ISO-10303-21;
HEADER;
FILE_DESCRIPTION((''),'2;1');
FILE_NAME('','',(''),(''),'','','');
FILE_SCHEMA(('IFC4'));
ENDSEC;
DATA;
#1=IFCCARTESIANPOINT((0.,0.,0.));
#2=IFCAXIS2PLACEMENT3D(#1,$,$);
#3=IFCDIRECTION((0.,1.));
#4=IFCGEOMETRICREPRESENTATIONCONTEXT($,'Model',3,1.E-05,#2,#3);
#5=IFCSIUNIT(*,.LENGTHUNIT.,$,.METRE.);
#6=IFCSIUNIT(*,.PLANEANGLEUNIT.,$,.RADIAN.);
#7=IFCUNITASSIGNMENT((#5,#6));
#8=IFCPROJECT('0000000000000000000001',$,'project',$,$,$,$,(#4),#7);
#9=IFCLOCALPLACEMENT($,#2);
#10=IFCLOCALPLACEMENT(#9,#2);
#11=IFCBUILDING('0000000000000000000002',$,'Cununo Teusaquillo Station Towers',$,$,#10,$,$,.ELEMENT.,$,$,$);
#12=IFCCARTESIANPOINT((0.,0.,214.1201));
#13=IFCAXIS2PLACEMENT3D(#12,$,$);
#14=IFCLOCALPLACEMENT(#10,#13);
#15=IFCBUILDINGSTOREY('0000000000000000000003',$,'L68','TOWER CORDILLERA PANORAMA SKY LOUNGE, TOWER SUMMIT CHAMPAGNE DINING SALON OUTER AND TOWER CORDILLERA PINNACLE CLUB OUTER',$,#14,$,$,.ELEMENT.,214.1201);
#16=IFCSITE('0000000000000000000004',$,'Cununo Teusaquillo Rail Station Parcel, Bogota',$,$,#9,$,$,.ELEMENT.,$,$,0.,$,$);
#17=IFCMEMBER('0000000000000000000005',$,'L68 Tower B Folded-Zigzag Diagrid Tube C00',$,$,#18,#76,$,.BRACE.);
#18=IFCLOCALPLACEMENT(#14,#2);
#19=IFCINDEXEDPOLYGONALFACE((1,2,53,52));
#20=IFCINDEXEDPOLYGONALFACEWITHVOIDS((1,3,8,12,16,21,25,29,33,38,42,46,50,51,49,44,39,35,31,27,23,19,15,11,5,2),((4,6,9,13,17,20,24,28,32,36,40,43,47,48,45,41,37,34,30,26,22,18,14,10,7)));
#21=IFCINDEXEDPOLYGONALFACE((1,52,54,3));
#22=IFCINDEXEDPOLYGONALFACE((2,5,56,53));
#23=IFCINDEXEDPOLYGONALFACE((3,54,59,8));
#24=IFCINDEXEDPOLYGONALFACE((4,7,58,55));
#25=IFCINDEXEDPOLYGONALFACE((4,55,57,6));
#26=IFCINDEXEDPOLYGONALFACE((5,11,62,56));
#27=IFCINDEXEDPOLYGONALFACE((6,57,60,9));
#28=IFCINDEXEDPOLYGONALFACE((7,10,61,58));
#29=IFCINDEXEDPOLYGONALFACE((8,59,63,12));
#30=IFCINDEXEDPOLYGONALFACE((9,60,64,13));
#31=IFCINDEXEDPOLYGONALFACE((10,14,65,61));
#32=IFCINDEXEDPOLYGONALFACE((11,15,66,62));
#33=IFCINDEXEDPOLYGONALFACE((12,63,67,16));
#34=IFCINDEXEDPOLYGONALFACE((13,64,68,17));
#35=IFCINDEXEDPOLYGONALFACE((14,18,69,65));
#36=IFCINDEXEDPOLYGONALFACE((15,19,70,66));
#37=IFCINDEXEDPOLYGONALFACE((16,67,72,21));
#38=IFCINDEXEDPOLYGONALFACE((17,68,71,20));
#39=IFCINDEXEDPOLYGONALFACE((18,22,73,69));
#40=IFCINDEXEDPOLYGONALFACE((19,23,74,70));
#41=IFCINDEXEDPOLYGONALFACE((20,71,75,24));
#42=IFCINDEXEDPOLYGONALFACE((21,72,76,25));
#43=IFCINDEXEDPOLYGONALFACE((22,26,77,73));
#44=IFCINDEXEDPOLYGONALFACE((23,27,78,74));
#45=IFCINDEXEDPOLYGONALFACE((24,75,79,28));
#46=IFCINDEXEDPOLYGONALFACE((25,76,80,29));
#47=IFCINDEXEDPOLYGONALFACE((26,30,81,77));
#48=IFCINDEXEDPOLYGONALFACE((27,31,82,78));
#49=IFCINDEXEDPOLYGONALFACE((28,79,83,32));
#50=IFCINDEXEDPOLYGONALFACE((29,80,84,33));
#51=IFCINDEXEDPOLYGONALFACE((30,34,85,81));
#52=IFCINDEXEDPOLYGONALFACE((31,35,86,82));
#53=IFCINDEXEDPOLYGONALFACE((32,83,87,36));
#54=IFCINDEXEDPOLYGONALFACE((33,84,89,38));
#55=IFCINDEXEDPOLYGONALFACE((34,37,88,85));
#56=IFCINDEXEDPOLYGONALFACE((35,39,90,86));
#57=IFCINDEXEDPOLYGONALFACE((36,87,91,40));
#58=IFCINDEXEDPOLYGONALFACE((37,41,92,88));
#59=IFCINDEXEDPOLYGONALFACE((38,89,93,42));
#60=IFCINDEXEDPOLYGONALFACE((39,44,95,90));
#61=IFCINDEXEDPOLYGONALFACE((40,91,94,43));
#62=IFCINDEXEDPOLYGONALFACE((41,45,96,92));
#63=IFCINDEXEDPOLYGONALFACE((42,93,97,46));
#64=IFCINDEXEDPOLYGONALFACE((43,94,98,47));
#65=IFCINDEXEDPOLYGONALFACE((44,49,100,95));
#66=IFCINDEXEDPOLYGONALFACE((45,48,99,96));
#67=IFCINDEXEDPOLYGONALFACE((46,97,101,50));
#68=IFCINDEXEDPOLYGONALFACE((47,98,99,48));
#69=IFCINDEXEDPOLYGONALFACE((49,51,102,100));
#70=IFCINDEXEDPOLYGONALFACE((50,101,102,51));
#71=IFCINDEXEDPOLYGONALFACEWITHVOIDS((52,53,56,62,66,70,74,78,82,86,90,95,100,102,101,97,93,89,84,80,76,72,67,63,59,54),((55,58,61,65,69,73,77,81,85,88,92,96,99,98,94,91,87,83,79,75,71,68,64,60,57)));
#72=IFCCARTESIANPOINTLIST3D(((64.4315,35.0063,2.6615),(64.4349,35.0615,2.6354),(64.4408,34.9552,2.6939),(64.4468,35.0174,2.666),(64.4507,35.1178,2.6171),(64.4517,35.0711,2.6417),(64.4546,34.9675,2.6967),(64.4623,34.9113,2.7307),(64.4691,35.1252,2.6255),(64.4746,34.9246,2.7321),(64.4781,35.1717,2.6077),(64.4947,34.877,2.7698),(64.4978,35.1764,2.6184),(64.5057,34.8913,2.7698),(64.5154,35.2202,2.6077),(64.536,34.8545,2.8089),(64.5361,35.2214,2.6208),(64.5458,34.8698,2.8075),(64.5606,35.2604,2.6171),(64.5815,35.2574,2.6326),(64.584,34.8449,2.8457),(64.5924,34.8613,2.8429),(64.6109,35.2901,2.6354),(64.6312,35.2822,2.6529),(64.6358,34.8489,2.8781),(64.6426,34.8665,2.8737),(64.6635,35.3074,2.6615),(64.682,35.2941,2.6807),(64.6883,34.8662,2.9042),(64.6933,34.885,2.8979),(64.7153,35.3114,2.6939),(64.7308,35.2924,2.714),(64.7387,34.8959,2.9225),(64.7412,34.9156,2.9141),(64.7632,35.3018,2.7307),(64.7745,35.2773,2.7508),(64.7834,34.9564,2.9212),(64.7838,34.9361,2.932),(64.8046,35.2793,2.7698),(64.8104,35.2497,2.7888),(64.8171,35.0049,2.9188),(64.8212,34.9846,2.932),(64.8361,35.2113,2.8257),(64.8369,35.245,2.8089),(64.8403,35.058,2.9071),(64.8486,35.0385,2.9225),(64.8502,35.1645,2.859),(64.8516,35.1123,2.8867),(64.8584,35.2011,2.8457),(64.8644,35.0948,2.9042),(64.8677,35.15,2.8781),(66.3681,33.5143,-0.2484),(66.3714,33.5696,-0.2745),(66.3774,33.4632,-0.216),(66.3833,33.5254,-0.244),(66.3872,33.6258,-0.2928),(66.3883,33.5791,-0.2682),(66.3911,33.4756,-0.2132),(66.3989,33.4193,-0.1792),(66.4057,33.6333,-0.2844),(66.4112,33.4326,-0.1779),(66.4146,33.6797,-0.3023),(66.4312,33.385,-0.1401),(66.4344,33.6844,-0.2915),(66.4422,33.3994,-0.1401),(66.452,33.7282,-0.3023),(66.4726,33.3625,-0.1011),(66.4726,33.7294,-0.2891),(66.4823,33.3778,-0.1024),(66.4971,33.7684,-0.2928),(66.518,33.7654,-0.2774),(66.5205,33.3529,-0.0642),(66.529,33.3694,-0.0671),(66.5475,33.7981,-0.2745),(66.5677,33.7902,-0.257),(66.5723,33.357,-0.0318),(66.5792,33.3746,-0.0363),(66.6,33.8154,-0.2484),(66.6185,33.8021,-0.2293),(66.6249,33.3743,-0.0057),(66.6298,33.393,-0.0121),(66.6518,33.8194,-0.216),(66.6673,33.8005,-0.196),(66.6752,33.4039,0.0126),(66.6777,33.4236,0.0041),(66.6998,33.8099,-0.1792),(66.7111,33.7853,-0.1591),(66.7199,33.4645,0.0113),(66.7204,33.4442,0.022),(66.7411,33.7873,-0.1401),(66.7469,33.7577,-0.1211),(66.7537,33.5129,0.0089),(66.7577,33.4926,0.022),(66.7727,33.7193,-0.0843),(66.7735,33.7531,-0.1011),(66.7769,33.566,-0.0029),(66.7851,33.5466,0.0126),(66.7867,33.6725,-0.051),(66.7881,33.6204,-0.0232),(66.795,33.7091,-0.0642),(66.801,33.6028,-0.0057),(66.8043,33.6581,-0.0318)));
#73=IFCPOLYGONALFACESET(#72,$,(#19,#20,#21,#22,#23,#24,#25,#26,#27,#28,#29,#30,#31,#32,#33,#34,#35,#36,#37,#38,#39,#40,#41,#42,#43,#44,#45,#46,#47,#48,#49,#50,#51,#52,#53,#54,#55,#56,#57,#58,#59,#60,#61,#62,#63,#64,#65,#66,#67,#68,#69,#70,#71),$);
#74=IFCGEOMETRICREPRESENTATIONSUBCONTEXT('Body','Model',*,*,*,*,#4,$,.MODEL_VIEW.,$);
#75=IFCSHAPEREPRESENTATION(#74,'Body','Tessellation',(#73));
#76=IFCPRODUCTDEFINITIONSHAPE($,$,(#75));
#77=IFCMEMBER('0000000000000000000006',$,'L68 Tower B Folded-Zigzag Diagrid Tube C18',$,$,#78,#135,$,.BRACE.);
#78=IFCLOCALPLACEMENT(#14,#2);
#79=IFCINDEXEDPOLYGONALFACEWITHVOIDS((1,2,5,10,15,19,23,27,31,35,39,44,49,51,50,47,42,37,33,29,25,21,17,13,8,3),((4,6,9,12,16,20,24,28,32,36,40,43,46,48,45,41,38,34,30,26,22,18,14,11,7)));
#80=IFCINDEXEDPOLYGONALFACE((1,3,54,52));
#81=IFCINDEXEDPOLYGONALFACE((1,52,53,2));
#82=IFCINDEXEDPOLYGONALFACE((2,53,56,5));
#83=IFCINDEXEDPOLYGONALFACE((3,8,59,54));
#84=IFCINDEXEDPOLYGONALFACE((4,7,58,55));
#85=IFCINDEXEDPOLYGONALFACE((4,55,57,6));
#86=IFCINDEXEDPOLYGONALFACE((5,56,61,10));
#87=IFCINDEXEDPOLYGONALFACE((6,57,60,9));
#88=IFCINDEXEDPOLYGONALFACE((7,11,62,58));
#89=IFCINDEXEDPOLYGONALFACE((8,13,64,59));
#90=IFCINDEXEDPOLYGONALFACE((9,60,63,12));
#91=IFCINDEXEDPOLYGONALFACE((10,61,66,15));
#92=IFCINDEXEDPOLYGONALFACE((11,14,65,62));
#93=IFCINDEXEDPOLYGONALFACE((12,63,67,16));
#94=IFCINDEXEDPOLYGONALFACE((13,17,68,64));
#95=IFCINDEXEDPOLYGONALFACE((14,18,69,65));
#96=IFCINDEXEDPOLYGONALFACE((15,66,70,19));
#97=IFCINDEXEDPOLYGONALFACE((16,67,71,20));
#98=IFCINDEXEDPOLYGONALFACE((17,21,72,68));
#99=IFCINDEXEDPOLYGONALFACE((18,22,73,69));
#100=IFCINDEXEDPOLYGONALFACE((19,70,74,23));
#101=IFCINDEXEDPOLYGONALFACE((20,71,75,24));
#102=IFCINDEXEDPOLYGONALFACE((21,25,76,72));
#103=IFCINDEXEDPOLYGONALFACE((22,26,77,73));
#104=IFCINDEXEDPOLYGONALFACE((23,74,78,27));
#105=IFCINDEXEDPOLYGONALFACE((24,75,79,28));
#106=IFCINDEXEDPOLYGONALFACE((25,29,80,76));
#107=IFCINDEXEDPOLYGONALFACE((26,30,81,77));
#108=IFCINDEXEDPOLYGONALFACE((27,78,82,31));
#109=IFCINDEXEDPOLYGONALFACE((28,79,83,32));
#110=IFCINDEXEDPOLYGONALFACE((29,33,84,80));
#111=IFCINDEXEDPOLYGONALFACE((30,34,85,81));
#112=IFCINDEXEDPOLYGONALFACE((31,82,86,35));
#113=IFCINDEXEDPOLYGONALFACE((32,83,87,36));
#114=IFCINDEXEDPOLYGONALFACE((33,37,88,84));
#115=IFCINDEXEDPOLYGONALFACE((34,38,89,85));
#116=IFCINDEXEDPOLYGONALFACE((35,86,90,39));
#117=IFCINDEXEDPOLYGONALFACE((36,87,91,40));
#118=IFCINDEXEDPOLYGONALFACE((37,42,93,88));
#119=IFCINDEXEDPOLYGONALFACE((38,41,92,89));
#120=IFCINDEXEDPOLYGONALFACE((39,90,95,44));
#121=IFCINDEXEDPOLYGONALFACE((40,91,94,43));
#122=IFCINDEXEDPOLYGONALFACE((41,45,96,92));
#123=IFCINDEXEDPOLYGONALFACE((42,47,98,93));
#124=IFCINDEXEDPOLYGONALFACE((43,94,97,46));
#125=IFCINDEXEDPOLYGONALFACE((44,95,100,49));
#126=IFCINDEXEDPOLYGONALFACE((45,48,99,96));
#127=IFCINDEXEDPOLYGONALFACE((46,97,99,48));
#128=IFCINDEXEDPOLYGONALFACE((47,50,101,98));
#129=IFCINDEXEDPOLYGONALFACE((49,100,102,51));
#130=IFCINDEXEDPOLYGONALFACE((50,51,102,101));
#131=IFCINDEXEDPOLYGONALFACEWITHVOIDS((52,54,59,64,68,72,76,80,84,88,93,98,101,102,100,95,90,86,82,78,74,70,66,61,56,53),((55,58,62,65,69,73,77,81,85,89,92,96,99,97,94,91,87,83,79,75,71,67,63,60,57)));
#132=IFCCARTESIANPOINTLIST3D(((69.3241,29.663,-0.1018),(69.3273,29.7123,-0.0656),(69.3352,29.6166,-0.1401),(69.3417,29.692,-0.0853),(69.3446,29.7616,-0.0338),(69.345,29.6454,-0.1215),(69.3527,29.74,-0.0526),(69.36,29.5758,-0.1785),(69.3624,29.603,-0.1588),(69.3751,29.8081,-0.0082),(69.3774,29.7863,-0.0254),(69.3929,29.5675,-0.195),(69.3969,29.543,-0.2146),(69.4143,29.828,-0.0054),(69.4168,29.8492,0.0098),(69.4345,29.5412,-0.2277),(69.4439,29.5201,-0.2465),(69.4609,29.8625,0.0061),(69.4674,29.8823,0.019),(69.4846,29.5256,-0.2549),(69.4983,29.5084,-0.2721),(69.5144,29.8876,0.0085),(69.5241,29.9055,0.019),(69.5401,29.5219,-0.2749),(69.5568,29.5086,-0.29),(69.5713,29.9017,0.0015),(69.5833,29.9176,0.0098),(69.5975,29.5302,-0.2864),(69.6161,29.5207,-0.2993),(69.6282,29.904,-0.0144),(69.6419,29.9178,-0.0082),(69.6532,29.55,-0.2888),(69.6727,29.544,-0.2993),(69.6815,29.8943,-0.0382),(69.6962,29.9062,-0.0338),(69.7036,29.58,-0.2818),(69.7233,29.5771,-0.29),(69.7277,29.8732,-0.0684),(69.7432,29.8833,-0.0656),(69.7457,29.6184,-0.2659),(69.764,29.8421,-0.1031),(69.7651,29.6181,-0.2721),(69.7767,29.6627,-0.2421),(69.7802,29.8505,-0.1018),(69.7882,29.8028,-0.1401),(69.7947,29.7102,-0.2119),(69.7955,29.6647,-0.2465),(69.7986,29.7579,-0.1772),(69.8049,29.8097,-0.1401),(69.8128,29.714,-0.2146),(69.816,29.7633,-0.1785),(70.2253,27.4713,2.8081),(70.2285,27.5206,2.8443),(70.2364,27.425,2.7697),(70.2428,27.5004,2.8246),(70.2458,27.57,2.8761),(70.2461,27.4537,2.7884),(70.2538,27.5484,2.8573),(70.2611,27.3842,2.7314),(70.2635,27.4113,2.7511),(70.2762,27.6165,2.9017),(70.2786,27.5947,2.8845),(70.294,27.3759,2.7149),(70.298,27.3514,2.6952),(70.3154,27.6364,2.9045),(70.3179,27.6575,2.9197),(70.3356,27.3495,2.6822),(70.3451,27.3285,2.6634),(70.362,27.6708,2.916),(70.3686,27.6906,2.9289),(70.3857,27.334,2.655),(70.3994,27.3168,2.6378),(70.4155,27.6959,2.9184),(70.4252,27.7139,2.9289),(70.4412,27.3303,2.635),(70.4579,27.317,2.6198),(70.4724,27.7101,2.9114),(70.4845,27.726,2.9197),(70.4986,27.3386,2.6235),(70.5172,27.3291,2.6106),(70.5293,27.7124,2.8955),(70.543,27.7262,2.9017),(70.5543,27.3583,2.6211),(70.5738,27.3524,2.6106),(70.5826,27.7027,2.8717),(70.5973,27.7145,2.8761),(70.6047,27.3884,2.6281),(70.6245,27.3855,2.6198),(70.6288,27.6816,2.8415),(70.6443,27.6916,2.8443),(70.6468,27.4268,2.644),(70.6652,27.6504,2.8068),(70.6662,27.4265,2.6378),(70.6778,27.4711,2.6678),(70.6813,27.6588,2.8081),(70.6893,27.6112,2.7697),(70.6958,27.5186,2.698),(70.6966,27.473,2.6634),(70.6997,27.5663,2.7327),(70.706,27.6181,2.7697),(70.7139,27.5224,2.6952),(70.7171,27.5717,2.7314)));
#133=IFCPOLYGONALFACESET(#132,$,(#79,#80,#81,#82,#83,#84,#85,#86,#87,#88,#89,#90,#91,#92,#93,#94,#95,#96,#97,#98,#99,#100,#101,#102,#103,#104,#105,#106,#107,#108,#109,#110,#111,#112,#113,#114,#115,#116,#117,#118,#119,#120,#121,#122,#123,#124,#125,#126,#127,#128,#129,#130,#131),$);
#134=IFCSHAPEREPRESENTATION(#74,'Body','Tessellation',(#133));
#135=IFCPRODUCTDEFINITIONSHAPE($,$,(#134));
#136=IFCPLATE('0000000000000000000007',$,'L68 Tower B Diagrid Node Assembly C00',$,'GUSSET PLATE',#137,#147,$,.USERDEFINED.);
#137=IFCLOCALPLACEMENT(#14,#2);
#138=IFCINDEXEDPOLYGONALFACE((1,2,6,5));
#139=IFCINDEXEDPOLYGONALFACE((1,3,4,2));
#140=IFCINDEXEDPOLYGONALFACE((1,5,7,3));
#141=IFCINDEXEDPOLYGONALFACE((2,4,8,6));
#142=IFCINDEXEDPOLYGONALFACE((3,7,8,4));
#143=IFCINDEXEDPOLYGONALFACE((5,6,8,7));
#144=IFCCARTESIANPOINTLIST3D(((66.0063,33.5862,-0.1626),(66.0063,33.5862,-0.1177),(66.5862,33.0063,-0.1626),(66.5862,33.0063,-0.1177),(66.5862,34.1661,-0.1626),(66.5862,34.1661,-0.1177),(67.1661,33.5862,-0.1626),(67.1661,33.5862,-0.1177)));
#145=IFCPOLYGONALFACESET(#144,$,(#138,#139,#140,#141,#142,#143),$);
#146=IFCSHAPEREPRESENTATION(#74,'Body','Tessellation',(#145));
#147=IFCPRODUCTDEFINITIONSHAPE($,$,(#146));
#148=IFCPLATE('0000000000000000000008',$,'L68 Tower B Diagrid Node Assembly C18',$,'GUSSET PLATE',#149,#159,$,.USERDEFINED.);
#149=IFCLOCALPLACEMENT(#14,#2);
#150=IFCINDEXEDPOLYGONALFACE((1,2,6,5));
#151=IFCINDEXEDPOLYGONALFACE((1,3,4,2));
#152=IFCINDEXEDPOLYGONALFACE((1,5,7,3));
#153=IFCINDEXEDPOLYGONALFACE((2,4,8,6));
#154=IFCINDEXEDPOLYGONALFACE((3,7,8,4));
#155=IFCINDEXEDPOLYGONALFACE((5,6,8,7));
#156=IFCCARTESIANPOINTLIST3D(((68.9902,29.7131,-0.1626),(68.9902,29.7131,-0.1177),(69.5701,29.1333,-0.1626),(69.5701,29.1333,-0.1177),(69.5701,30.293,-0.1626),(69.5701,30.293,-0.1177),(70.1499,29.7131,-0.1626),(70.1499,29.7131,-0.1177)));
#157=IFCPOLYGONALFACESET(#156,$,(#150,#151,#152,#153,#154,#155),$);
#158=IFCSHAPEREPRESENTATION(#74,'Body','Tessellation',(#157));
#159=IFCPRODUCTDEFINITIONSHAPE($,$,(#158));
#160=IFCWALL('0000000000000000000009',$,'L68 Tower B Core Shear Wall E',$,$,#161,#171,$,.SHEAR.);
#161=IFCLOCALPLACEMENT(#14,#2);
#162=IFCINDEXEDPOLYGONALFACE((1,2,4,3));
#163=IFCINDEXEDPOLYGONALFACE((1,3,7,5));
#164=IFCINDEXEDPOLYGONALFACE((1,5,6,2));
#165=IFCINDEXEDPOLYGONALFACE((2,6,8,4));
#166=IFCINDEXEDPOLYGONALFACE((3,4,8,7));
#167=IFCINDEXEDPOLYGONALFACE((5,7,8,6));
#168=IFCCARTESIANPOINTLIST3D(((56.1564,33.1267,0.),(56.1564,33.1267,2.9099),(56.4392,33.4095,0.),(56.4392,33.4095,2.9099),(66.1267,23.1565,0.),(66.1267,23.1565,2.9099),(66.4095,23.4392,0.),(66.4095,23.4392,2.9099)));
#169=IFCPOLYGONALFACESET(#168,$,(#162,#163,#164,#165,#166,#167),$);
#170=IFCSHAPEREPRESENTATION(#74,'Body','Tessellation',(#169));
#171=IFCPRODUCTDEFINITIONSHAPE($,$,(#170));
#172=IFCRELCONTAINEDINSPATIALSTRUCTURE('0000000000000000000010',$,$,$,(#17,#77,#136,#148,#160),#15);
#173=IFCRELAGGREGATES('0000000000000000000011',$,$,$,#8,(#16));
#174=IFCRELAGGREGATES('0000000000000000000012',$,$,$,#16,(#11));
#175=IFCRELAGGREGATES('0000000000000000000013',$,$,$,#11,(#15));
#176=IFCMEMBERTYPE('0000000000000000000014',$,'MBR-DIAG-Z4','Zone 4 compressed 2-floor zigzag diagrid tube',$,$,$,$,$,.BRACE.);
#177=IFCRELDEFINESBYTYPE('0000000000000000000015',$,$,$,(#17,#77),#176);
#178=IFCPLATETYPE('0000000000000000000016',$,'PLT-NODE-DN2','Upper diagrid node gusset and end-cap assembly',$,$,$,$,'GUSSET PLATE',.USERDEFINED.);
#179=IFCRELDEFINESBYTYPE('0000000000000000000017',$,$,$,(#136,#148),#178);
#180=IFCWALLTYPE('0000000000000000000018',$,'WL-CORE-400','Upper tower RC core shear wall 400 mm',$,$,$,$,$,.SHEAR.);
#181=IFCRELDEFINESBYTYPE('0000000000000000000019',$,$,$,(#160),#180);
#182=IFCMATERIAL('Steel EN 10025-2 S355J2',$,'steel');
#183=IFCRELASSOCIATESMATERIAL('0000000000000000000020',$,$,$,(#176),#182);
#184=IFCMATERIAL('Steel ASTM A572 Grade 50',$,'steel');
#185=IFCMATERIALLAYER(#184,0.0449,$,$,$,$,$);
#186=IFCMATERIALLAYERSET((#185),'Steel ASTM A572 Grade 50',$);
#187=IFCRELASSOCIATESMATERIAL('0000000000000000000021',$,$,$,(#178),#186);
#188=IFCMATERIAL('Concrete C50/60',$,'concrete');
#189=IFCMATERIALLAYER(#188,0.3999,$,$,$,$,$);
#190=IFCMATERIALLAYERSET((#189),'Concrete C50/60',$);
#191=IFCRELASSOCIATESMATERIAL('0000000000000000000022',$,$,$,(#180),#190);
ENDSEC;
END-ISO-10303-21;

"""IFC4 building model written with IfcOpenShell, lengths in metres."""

from ifc_helpers import new_model, si_unit, direction, frame, frame_2d, origin, origin_2d, place, context, subcontext, project, spatial, rectangle, hollow_circle, extrude, source, transform, mapped, material, layer, layer_set, material_profile, profile_set, type_object, element, save


model = new_model("IFC4")

# Units and contexts
model_context = context("Model", 3, precision=1e-05, world=origin(), true_north=direction((0.0, 1.0)))
body_context = subcontext(model_context, "Body", "Model", "MODEL_VIEW")
ifc_project = project(units=[si_unit("LENGTHUNIT", "METRE"), si_unit("PLANEANGLEUNIT", "RADIAN")], contexts=[model_context])

# Site, building, storey
site_placement = place(None, origin())
site = spatial("IfcSite", under=ifc_project, at=site_placement, Name="Cununo Teusaquillo Rail Station Parcel, Bogota", CompositionType="ELEMENT", RefElevation=0.0)
building_placement = place(site_placement, origin())
building = spatial("IfcBuilding", under=site, at=building_placement, Name="Cununo Teusaquillo Station Towers", CompositionType="ELEMENT")
storey_placement = place(building_placement, frame((0.0, 0.0, 214.1201)))
storey = spatial("IfcBuildingStorey", under=building, at=storey_placement, Name="L68", Description="TOWER CORDILLERA PANORAMA SKY LOUNGE, TOWER SUMMIT CHAMPAGNE DINING SALON OUTER AND TOWER CORDILLERA PINNACLE CLUB OUTER", CompositionType="ELEMENT", Elevation=214.1201)

# Members
ifc_material_1 = material(Name="Steel EN 10025-2 S355J2", Category="steel")
ifc_material_profile_1 = material_profile(ifc_material_1, hollow_circle(Radius=0.2539, WallThickness=0.0181, at=origin_2d()), Name="CHS 508x18")
ifc_profile_set_1 = profile_set([ifc_material_profile_1], Name="Steel EN 10025-2 S355J2")
member_type = type_object("IfcMemberType", Name="MBR-DIAG-Z4", Description="Zone 4 compressed 2-floor zigzag diagrid tube", PredefinedType="BRACE", material=ifc_profile_set_1)
member_1_placement = place(storey_placement, frame((66.5862, 33.5862, -0.1401), z_axis=(-0.509548, 0.392568, 0.765671), x_axis=(-0.610304, -0.792167, 0.0)))
element("IfcMember", 1, at=member_1_placement, inside=storey, type_object=member_type, Name="L68 Tower B Folded-Zigzag Diagrid Tube C00", PredefinedType="BRACE", context=body_context, shape_type="SweptSolid", body=[
    extrude(hollow_circle(Radius=0.2539, WallThickness=0.0181, at=origin_2d()), origin(), (0.0, 0.0, 1.0), 3.8005),
])
member_2_placement = place(storey_placement, frame((69.5701, 29.7131, -0.1401), z_axis=(0.240125, -0.584016, 0.775413), x_axis=(0.924874, 0.380273, 0.0)))
element("IfcMember", 2, at=member_2_placement, inside=storey, type_object=member_type, Name="L68 Tower B Folded-Zigzag Diagrid Tube C18", PredefinedType="BRACE", context=body_context, shape_type="SweptSolid", body=[
    extrude(hollow_circle(Radius=0.2539, WallThickness=0.0181, at=origin_2d()), origin(), (0.0, 0.0, 1.0), 3.7527),
])

# Plates
ifc_material_2 = material(Name="Steel ASTM A572 Grade 50", Category="steel")
ifc_layer_1 = layer(ifc_material_2, 0.0449)
ifc_layer_set_1 = layer_set([ifc_layer_1], Name="Steel ASTM A572 Grade 50")
plate_type = type_object("IfcPlateType", Name="PLT-NODE-DN2", Description="Upper diagrid node gusset and end-cap assembly", ElementType="GUSSET PLATE", PredefinedType="USERDEFINED", material=ifc_layer_set_1)
shared_shape_1 = source(origin(), body_context, "Body", "SweptSolid", [
    extrude(rectangle(XDim=0.8201, YDim=0.8201, at=origin_2d()), origin(), (0.0, 0.0, 1.0), 0.0449),
])
for number, where, z_axis, x_axis, name in (
    (3, (66.5862, 33.5862, -0.1626), (0.0, 0.0, 1.0), (0.707107, 0.707107, 0.0), "L68 Tower B Diagrid Node Assembly C00"),
    (4, (69.5701, 29.7131, -0.1626), (0.0, 0.0, 1.0), (0.707107, 0.707107, 0.0), "L68 Tower B Diagrid Node Assembly C18"),
):
    element("IfcPlate", number, at=place(storey_placement, frame(where, z_axis=z_axis, x_axis=x_axis)), inside=storey, type_object=plate_type, Name=name, ObjectType="GUSSET PLATE", PredefinedType="USERDEFINED", context=body_context, shape_type="MappedRepresentation", body=[
        mapped(shared_shape_1, transform((0.0, 0.0, 0.0), x_axis=(1.0, 0.0, 0.0), y_axis=(0.0, 1.0, 0.0), z_axis=(0.0, 0.0, 1.0), scale=1.0)),
    ])

# Wall
ifc_material_3 = material(Name="Concrete C50/60", Category="concrete")
ifc_layer_2 = layer(ifc_material_3, 0.3999)
ifc_layer_set_2 = layer_set([ifc_layer_2], Name="Concrete C50/60")
wall_type_1 = type_object("IfcWallType", Name="WL-CORE-400", Description="Upper tower RC core shear wall 400 mm", PredefinedType="SHEAR", material=ifc_layer_set_2)
wall_1_placement = place(storey_placement, frame((66.2681, 23.2979, 0.0), z_axis=(0.0, 0.0, 1.0), x_axis=(-0.707107, 0.707107, 0.0)))
element("IfcWall", 5, at=wall_1_placement, inside=storey, type_object=wall_type_1, Name="L68 Tower B Core Shear Wall E", PredefinedType="SHEAR", context=body_context, shape_type="SweptSolid", body=[
    extrude(rectangle(XDim=14.1001, YDim=0.3999, at=frame_2d((7.05, 0.0))), origin(), (0.0, 0.0, 1.0), 2.9099),
])

save(model, "model.ifc")
